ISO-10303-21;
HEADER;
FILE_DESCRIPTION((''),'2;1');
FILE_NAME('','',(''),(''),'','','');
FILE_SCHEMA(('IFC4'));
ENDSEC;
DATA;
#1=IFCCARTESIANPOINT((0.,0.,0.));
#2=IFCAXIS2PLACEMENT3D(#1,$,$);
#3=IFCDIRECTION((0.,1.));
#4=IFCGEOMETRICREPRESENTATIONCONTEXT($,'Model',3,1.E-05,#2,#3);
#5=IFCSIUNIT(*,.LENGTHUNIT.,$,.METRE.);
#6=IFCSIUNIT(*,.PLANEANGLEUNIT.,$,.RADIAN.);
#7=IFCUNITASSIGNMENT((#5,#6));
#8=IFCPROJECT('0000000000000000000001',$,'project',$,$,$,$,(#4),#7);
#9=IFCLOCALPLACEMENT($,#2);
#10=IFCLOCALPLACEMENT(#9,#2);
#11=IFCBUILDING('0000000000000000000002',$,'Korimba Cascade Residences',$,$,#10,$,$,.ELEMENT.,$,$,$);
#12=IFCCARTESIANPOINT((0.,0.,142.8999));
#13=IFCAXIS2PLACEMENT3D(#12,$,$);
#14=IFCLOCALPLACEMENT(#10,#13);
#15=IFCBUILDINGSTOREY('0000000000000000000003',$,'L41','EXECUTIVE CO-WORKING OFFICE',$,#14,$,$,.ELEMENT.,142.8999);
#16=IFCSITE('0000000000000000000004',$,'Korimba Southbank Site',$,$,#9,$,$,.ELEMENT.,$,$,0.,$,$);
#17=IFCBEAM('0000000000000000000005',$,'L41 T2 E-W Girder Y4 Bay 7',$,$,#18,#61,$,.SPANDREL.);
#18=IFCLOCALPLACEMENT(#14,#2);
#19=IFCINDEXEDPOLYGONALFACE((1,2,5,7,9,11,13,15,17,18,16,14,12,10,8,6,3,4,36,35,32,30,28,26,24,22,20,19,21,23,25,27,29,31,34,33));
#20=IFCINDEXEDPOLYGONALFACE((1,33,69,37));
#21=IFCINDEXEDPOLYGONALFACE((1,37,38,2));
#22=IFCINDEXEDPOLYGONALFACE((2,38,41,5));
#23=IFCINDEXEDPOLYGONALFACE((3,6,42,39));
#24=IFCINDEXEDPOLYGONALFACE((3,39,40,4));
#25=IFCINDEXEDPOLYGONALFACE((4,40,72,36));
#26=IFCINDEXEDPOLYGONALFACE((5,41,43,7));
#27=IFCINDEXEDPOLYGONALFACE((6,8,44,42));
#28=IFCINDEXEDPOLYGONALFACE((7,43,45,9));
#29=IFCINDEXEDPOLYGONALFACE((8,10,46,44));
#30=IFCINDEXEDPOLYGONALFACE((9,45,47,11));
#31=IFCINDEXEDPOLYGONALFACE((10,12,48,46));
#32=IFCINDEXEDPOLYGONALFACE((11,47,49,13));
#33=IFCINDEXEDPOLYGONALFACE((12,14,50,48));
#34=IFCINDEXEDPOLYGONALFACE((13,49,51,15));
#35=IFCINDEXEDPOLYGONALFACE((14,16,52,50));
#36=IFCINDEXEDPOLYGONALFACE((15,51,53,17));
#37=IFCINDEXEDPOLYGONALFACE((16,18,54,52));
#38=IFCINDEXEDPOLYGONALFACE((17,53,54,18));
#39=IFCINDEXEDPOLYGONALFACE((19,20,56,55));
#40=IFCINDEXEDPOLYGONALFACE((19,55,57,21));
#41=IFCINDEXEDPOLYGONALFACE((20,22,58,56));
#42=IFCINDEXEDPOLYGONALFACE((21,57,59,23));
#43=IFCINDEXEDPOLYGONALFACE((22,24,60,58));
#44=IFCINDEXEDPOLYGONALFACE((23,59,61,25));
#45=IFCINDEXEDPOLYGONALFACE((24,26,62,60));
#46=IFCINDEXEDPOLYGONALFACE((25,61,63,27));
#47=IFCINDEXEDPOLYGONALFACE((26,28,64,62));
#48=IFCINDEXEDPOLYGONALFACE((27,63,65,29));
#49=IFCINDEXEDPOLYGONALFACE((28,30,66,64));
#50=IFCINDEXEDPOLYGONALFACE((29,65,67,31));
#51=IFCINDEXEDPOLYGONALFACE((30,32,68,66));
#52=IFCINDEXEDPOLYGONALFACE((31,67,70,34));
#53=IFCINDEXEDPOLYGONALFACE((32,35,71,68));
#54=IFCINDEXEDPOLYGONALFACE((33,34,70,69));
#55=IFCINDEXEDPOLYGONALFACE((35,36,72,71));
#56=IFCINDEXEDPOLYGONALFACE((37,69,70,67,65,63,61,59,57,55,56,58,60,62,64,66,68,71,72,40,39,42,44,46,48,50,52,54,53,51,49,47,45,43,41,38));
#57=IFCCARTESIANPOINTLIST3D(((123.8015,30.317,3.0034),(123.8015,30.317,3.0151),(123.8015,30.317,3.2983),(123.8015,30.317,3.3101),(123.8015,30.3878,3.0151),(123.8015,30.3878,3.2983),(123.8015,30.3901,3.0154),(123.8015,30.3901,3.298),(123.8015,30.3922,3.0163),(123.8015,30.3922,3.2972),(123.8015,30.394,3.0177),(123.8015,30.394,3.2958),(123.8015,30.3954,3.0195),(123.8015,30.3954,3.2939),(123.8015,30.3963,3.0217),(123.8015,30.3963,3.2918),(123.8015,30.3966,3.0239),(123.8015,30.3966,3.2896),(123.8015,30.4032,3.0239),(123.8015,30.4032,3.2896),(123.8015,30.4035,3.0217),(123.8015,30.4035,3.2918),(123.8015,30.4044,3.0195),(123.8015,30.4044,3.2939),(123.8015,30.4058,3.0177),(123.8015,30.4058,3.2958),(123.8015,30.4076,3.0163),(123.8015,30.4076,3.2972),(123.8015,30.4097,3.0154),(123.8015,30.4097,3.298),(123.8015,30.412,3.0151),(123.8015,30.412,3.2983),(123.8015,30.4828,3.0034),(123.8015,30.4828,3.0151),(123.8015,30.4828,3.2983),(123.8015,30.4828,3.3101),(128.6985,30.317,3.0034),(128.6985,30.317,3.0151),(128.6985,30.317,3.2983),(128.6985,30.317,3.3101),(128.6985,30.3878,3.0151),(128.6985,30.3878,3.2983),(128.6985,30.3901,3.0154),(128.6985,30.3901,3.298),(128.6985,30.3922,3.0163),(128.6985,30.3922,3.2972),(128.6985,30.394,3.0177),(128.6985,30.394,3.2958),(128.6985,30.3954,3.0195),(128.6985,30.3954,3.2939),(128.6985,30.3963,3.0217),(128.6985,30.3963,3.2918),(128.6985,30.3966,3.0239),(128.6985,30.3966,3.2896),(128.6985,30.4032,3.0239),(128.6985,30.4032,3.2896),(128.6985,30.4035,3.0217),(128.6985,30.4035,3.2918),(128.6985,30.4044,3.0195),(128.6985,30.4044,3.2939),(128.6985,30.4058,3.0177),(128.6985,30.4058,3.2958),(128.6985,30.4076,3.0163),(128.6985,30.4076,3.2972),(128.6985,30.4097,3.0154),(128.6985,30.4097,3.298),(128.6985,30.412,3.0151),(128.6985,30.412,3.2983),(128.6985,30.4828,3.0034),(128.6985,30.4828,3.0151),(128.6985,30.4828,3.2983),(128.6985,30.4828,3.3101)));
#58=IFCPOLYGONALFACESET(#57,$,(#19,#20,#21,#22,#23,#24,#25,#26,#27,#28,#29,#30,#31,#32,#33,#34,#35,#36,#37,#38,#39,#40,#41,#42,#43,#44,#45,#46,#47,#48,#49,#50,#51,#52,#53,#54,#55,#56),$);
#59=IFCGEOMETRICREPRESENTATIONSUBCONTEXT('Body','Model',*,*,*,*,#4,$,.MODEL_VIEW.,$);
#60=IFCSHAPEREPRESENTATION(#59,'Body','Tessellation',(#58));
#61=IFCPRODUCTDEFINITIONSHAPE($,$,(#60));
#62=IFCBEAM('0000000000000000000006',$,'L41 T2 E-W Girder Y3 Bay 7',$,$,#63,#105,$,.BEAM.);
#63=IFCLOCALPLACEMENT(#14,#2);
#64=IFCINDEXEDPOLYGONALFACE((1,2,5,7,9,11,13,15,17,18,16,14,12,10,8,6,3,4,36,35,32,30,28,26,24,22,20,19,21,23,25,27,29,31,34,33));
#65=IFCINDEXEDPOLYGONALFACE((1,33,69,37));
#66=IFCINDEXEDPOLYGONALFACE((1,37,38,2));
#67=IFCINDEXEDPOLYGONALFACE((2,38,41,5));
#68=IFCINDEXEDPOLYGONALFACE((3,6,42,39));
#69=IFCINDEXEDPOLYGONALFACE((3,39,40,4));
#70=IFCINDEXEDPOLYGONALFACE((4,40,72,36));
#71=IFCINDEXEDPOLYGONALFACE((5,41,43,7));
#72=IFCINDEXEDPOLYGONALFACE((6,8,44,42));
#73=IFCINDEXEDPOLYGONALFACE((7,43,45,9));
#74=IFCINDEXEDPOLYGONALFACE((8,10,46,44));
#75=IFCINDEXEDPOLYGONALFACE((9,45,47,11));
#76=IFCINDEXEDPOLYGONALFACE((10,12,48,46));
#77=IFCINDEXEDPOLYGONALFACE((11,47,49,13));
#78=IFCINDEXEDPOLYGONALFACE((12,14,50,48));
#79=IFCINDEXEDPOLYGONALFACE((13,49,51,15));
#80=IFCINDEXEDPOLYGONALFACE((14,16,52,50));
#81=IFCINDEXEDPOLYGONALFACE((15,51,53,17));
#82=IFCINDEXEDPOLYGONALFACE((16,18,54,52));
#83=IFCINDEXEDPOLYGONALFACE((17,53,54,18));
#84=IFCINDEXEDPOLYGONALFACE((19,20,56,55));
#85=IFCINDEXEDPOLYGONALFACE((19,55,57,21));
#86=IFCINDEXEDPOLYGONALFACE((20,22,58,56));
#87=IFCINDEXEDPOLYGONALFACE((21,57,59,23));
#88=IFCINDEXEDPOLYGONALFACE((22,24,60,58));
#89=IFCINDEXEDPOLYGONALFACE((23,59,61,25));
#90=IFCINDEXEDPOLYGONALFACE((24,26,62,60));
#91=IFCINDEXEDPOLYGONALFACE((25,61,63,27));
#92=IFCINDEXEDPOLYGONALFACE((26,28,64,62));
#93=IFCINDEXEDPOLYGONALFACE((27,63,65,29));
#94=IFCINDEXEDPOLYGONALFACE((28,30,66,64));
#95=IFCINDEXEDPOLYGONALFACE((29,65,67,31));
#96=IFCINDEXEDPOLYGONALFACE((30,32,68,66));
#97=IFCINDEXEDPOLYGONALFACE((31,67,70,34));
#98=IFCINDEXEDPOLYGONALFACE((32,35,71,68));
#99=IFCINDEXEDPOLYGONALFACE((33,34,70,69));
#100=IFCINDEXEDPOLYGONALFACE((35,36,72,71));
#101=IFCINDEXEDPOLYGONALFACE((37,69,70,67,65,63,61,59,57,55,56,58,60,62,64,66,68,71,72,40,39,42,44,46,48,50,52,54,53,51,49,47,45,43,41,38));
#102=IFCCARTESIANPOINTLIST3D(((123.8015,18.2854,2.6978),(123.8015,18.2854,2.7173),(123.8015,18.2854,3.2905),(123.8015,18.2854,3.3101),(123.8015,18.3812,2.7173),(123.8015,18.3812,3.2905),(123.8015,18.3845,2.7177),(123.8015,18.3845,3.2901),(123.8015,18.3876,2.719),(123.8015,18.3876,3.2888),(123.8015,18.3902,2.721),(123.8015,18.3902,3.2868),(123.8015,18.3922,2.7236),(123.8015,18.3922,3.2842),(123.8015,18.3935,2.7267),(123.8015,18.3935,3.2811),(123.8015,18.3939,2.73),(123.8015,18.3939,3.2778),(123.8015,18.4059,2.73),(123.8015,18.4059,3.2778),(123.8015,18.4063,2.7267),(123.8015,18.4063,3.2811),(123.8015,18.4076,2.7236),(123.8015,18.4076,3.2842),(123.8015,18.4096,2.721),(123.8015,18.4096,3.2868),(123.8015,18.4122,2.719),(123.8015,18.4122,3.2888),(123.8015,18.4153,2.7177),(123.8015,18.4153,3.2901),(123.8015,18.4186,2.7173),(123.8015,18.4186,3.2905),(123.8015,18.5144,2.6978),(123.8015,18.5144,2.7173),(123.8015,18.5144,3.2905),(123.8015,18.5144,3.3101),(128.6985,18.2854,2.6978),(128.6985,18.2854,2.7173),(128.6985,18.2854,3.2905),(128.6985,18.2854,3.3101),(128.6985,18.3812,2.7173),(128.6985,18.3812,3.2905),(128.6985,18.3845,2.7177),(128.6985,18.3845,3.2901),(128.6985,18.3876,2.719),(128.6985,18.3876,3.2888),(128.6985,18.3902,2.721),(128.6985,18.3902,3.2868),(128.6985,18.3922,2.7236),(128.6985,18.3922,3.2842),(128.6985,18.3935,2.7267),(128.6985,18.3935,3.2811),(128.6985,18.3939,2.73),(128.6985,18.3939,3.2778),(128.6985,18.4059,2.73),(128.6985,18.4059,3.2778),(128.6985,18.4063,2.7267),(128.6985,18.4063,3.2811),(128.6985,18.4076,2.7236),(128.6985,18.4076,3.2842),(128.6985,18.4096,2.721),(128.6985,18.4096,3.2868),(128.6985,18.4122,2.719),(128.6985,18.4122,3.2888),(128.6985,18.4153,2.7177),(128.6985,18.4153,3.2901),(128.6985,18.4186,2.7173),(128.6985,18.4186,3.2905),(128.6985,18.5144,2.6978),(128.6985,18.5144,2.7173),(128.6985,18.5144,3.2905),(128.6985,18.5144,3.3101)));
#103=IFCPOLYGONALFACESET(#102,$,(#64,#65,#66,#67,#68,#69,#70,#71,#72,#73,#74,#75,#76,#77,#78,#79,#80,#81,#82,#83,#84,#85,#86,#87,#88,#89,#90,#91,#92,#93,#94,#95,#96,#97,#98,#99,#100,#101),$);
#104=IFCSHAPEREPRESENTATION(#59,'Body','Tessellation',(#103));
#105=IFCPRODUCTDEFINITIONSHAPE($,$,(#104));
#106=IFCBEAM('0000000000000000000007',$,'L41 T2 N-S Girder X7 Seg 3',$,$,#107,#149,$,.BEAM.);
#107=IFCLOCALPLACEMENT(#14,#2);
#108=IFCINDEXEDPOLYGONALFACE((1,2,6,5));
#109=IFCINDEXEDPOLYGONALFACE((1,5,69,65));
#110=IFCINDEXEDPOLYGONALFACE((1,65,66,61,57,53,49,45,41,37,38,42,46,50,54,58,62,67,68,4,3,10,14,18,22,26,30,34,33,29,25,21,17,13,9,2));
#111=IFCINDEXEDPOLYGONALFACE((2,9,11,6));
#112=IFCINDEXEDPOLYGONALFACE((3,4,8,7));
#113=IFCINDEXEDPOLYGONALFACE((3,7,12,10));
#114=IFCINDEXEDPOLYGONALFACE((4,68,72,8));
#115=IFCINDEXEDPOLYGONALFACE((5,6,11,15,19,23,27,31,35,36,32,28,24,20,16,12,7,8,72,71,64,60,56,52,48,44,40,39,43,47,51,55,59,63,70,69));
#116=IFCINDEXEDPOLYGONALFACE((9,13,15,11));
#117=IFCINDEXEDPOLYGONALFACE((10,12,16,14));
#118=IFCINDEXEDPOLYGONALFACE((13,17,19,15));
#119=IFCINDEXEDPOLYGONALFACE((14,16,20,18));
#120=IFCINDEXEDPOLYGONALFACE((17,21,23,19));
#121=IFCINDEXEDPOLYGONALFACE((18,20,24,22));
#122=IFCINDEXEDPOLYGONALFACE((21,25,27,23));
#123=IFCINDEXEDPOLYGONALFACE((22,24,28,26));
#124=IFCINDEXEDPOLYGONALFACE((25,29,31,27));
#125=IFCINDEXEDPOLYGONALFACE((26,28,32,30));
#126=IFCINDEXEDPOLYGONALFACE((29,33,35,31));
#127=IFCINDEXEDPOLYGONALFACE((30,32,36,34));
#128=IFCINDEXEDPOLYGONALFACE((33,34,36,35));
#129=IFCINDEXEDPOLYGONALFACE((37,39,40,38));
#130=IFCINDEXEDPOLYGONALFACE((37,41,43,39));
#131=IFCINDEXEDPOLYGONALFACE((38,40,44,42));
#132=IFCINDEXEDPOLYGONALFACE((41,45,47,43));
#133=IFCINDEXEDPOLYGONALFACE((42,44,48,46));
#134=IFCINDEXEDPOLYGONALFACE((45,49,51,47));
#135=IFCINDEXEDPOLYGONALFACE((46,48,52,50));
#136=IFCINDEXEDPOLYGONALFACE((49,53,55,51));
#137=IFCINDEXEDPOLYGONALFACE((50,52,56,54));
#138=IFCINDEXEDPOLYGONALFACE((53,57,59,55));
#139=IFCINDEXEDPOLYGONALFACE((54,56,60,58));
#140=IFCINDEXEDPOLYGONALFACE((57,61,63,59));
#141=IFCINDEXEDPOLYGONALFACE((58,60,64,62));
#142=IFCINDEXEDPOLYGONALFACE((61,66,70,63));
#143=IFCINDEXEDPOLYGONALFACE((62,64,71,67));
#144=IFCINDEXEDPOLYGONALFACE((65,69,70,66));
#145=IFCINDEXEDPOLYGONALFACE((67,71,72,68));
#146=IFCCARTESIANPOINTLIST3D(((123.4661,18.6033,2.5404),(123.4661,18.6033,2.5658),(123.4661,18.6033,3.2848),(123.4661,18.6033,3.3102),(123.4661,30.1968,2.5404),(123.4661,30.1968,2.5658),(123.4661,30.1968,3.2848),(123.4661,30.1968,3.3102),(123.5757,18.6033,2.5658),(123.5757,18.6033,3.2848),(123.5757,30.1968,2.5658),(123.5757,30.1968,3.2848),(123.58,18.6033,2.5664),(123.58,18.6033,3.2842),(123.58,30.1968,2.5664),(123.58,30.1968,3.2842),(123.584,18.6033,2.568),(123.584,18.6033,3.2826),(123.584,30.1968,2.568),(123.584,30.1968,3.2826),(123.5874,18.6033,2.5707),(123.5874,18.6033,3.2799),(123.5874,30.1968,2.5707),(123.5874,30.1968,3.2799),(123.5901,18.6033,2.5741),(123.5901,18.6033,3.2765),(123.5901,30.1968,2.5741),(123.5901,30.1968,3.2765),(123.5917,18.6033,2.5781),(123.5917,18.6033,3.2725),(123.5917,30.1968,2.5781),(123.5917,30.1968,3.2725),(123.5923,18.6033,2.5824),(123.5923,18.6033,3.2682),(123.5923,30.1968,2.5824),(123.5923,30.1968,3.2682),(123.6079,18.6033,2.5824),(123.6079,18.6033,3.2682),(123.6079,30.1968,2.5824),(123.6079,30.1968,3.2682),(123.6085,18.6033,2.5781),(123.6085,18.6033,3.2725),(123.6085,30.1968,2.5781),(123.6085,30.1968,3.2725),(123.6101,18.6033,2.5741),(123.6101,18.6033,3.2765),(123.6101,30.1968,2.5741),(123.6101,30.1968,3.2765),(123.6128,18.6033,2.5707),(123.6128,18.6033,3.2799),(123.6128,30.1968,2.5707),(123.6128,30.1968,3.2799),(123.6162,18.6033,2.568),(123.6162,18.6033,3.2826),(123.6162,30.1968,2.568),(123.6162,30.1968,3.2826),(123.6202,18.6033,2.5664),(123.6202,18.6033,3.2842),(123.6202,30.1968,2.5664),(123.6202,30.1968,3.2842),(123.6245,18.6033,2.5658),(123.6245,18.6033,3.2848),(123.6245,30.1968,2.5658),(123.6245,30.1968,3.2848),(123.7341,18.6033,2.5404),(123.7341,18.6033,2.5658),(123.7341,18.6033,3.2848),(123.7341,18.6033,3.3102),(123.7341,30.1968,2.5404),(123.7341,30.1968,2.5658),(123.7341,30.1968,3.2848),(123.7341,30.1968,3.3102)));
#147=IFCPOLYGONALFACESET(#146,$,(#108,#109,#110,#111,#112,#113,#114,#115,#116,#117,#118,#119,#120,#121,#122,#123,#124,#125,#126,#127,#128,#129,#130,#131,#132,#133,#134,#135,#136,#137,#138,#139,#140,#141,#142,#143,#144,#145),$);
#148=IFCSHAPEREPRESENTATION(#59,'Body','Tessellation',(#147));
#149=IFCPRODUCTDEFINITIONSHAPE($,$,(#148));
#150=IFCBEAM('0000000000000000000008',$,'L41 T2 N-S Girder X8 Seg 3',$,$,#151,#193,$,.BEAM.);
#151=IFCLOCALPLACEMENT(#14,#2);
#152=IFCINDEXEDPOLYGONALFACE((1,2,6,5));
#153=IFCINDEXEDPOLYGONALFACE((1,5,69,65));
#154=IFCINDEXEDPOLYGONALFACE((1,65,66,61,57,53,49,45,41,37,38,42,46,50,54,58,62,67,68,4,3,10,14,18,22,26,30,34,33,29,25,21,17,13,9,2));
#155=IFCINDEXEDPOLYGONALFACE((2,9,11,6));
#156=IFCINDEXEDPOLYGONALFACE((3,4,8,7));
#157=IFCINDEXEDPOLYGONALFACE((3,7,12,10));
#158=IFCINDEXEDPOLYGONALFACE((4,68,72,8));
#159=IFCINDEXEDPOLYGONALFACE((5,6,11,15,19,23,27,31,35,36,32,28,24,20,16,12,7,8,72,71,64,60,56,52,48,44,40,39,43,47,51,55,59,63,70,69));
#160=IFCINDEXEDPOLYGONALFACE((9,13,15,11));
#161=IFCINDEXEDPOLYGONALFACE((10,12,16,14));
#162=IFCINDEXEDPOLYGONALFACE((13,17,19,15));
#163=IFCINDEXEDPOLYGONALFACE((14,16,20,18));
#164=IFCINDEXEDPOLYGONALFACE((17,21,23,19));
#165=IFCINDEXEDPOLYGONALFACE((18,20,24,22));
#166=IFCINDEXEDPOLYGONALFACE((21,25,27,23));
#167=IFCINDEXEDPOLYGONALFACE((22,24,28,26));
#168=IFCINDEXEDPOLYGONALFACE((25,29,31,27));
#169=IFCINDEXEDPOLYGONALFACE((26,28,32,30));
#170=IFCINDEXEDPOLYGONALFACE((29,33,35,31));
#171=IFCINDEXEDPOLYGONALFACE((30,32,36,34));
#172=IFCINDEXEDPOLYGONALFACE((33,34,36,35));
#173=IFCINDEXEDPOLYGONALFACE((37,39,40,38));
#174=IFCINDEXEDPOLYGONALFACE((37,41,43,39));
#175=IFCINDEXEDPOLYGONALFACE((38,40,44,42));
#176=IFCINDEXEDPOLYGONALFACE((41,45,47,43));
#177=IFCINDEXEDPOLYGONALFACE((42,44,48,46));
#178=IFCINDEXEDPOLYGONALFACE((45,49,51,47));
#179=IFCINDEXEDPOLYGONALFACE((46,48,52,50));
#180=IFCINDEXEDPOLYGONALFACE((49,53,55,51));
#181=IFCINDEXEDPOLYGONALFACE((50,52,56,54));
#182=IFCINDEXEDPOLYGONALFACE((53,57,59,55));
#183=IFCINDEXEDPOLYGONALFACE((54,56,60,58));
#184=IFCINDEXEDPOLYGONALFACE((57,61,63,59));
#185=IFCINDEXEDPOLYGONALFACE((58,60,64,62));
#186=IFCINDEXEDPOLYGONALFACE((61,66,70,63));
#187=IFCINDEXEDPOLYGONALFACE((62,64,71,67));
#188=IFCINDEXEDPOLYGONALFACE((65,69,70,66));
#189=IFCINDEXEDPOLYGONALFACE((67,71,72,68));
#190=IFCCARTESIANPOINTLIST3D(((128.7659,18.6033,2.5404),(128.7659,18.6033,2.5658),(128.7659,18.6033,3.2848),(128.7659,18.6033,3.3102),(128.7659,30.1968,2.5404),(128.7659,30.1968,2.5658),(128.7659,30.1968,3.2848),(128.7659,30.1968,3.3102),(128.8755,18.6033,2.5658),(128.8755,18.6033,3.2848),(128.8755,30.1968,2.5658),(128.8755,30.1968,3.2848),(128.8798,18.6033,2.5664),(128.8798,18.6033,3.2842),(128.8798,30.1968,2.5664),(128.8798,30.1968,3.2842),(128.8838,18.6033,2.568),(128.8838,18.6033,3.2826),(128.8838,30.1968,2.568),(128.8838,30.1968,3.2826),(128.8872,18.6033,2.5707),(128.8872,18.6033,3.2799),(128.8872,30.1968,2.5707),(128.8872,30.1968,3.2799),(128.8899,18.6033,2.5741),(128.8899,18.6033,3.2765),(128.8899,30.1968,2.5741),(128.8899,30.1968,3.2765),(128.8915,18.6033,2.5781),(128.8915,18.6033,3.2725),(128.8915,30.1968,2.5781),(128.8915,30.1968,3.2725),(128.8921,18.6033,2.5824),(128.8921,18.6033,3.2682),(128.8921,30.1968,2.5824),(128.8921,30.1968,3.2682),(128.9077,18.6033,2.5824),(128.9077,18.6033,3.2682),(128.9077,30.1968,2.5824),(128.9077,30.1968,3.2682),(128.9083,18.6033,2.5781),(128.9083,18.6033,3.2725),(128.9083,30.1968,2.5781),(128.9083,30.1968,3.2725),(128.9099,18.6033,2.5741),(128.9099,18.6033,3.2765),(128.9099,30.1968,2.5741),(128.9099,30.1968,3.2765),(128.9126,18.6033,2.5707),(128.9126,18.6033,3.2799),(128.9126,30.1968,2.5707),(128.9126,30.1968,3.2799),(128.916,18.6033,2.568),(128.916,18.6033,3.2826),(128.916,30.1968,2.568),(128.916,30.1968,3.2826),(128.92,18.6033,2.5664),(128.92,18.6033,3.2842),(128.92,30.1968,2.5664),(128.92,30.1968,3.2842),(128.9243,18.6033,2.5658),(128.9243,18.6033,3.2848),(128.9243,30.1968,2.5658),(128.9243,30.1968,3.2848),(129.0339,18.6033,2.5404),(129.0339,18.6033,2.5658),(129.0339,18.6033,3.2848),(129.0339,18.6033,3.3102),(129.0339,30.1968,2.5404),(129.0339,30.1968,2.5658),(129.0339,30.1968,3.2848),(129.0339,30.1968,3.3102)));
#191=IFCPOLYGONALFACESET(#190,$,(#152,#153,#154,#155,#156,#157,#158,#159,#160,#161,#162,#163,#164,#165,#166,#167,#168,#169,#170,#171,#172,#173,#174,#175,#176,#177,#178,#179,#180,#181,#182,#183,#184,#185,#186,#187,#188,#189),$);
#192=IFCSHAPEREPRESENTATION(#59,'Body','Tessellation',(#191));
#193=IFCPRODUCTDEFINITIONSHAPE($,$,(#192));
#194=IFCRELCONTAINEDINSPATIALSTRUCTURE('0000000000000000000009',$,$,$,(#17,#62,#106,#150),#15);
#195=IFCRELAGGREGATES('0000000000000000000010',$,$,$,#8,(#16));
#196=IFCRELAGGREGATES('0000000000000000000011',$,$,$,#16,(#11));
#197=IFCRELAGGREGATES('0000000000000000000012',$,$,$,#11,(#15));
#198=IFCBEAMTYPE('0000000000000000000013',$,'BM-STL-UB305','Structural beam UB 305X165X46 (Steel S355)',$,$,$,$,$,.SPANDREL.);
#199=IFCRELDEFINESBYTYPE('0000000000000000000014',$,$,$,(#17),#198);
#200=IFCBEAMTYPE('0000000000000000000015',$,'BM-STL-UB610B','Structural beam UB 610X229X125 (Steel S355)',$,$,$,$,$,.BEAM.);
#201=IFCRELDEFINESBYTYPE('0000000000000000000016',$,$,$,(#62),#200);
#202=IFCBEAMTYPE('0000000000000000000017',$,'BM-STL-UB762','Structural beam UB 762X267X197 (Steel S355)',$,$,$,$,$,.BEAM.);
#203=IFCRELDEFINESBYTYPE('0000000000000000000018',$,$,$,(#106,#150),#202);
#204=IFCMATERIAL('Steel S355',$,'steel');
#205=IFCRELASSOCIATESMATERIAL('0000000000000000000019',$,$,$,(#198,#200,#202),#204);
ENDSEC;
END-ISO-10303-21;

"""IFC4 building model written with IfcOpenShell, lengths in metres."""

from ifc_helpers import new_model, si_unit, direction, frame, origin, origin_2d, place, context, subcontext, project, spatial, i_section, extrude, material, material_profile, profile_set, type_object, element, save


model = new_model("IFC4")

# Units and contexts
model_context = context("Model", 3, precision=1e-05, world=origin(), true_north=direction((0.0, 1.0)))
body_context = subcontext(model_context, "Body", "Model", "MODEL_VIEW")
ifc_project = project(units=[si_unit("LENGTHUNIT", "METRE"), si_unit("PLANEANGLEUNIT", "RADIAN")], contexts=[model_context])

# Site, building, storey
site_placement = place(None, origin())
site = spatial("IfcSite", under=ifc_project, at=site_placement, Name="Korimba Southbank Site", CompositionType="ELEMENT", RefElevation=0.0)
building_placement = place(site_placement, origin())
building = spatial("IfcBuilding", under=site, at=building_placement, Name="Korimba Cascade Residences", CompositionType="ELEMENT")
storey_placement = place(building_placement, frame((0.0, 0.0, 142.8999)))
storey = spatial("IfcBuildingStorey", under=building, at=storey_placement, Name="L41", Description="EXECUTIVE CO-WORKING OFFICE", CompositionType="ELEMENT", Elevation=142.8999)

# Beams
ifc_material_1 = material(Name="Steel S355", Category="steel")
ifc_material_profile_1 = material_profile(ifc_material_1, i_section(OverallWidth=0.1658, OverallDepth=0.3066, WebThickness=0.0066, FlangeThickness=0.0117, FilletRadius=0.0088, at=origin_2d()), Name="Steel S355")
ifc_profile_set_1 = profile_set([ifc_material_profile_1], Name="Steel S355")
beam_type_1 = type_object("IfcBeamType", Name="BM-STL-UB305", Description="Structural beam UB 305X165X46 (Steel S355)", PredefinedType="SPANDREL", material=ifc_profile_set_1)
beam_1_placement = place(storey_placement, frame((123.8015, 30.3999, 3.1567), z_axis=(1.0, 0.0, 0.0), x_axis=(0.0, 1.0, 0.0)))
element("IfcBeam", 1, at=beam_1_placement, inside=storey, type_object=beam_type_1, Name="L41 T2 E-W Girder Y4 Bay 7", PredefinedType="SPANDREL", context=body_context, shape_type="SweptSolid", body=[
    extrude(i_section(OverallWidth=0.1658, OverallDepth=0.3066, WebThickness=0.0066, FlangeThickness=0.0117, FilletRadius=0.0088, at=origin_2d()), origin(), (0.0, 0.0, 1.0), 4.897),
])
ifc_material_profile_2 = material_profile(ifc_material_1, i_section(OverallWidth=0.229, OverallDepth=0.6123, WebThickness=0.012, FlangeThickness=0.0195, FilletRadius=0.0127, at=origin_2d()), Name="Steel S355")
ifc_profile_set_2 = profile_set([ifc_material_profile_2], Name="Steel S355")
beam_type_2 = type_object("IfcBeamType", Name="BM-STL-UB610B", Description="Structural beam UB 610X229X125 (Steel S355)", PredefinedType="BEAM", material=ifc_profile_set_2)
beam_2_placement = place(storey_placement, frame((123.8015, 18.3999, 3.0039), z_axis=(1.0, 0.0, 0.0), x_axis=(0.0, 1.0, 0.0)))
element("IfcBeam", 2, at=beam_2_placement, inside=storey, type_object=beam_type_2, Name="L41 T2 E-W Girder Y3 Bay 7", PredefinedType="BEAM", context=body_context, shape_type="SweptSolid", body=[
    extrude(i_section(OverallWidth=0.229, OverallDepth=0.6123, WebThickness=0.012, FlangeThickness=0.0195, FilletRadius=0.0127, at=origin_2d()), origin(), (0.0, 0.0, 1.0), 4.897),
])
ifc_material_profile_3 = material_profile(ifc_material_1, i_section(OverallWidth=0.2681, OverallDepth=0.7698, WebThickness=0.0156, FlangeThickness=0.0254, FilletRadius=0.0166, at=origin_2d()), Name="Steel S355")
ifc_profile_set_3 = profile_set([ifc_material_profile_3], Name="Steel S355")
beam_type_3 = type_object("IfcBeamType", Name="BM-STL-UB762", Description="Structural beam UB 762X267X197 (Steel S355)", PredefinedType="BEAM", material=ifc_profile_set_3)
for number, where, z_axis, x_axis, name in (
    (3, (123.6001, 18.6033, 2.9253), (0.0, 1.0, 0.0), (-1.0, 0.0, 0.0), "L41 T2 N-S Girder X7 Seg 3"),
    (4, (128.8999, 18.6033, 2.9253), (0.0, 1.0, 0.0), (-1.0, 0.0, 0.0), "L41 T2 N-S Girder X8 Seg 3"),
):
    element("IfcBeam", number, at=place(storey_placement, frame(where, z_axis=z_axis, x_axis=x_axis)), inside=storey, type_object=beam_type_3, Name=name, PredefinedType="BEAM", context=body_context, shape_type="SweptSolid", body=[
        extrude(i_section(OverallWidth=0.2681, OverallDepth=0.7698, WebThickness=0.0156, FlangeThickness=0.0254, FilletRadius=0.0166, at=origin_2d()), origin(), (0.0, 0.0, 1.0), 11.5935),
    ])

save(model, "model.ifc")
